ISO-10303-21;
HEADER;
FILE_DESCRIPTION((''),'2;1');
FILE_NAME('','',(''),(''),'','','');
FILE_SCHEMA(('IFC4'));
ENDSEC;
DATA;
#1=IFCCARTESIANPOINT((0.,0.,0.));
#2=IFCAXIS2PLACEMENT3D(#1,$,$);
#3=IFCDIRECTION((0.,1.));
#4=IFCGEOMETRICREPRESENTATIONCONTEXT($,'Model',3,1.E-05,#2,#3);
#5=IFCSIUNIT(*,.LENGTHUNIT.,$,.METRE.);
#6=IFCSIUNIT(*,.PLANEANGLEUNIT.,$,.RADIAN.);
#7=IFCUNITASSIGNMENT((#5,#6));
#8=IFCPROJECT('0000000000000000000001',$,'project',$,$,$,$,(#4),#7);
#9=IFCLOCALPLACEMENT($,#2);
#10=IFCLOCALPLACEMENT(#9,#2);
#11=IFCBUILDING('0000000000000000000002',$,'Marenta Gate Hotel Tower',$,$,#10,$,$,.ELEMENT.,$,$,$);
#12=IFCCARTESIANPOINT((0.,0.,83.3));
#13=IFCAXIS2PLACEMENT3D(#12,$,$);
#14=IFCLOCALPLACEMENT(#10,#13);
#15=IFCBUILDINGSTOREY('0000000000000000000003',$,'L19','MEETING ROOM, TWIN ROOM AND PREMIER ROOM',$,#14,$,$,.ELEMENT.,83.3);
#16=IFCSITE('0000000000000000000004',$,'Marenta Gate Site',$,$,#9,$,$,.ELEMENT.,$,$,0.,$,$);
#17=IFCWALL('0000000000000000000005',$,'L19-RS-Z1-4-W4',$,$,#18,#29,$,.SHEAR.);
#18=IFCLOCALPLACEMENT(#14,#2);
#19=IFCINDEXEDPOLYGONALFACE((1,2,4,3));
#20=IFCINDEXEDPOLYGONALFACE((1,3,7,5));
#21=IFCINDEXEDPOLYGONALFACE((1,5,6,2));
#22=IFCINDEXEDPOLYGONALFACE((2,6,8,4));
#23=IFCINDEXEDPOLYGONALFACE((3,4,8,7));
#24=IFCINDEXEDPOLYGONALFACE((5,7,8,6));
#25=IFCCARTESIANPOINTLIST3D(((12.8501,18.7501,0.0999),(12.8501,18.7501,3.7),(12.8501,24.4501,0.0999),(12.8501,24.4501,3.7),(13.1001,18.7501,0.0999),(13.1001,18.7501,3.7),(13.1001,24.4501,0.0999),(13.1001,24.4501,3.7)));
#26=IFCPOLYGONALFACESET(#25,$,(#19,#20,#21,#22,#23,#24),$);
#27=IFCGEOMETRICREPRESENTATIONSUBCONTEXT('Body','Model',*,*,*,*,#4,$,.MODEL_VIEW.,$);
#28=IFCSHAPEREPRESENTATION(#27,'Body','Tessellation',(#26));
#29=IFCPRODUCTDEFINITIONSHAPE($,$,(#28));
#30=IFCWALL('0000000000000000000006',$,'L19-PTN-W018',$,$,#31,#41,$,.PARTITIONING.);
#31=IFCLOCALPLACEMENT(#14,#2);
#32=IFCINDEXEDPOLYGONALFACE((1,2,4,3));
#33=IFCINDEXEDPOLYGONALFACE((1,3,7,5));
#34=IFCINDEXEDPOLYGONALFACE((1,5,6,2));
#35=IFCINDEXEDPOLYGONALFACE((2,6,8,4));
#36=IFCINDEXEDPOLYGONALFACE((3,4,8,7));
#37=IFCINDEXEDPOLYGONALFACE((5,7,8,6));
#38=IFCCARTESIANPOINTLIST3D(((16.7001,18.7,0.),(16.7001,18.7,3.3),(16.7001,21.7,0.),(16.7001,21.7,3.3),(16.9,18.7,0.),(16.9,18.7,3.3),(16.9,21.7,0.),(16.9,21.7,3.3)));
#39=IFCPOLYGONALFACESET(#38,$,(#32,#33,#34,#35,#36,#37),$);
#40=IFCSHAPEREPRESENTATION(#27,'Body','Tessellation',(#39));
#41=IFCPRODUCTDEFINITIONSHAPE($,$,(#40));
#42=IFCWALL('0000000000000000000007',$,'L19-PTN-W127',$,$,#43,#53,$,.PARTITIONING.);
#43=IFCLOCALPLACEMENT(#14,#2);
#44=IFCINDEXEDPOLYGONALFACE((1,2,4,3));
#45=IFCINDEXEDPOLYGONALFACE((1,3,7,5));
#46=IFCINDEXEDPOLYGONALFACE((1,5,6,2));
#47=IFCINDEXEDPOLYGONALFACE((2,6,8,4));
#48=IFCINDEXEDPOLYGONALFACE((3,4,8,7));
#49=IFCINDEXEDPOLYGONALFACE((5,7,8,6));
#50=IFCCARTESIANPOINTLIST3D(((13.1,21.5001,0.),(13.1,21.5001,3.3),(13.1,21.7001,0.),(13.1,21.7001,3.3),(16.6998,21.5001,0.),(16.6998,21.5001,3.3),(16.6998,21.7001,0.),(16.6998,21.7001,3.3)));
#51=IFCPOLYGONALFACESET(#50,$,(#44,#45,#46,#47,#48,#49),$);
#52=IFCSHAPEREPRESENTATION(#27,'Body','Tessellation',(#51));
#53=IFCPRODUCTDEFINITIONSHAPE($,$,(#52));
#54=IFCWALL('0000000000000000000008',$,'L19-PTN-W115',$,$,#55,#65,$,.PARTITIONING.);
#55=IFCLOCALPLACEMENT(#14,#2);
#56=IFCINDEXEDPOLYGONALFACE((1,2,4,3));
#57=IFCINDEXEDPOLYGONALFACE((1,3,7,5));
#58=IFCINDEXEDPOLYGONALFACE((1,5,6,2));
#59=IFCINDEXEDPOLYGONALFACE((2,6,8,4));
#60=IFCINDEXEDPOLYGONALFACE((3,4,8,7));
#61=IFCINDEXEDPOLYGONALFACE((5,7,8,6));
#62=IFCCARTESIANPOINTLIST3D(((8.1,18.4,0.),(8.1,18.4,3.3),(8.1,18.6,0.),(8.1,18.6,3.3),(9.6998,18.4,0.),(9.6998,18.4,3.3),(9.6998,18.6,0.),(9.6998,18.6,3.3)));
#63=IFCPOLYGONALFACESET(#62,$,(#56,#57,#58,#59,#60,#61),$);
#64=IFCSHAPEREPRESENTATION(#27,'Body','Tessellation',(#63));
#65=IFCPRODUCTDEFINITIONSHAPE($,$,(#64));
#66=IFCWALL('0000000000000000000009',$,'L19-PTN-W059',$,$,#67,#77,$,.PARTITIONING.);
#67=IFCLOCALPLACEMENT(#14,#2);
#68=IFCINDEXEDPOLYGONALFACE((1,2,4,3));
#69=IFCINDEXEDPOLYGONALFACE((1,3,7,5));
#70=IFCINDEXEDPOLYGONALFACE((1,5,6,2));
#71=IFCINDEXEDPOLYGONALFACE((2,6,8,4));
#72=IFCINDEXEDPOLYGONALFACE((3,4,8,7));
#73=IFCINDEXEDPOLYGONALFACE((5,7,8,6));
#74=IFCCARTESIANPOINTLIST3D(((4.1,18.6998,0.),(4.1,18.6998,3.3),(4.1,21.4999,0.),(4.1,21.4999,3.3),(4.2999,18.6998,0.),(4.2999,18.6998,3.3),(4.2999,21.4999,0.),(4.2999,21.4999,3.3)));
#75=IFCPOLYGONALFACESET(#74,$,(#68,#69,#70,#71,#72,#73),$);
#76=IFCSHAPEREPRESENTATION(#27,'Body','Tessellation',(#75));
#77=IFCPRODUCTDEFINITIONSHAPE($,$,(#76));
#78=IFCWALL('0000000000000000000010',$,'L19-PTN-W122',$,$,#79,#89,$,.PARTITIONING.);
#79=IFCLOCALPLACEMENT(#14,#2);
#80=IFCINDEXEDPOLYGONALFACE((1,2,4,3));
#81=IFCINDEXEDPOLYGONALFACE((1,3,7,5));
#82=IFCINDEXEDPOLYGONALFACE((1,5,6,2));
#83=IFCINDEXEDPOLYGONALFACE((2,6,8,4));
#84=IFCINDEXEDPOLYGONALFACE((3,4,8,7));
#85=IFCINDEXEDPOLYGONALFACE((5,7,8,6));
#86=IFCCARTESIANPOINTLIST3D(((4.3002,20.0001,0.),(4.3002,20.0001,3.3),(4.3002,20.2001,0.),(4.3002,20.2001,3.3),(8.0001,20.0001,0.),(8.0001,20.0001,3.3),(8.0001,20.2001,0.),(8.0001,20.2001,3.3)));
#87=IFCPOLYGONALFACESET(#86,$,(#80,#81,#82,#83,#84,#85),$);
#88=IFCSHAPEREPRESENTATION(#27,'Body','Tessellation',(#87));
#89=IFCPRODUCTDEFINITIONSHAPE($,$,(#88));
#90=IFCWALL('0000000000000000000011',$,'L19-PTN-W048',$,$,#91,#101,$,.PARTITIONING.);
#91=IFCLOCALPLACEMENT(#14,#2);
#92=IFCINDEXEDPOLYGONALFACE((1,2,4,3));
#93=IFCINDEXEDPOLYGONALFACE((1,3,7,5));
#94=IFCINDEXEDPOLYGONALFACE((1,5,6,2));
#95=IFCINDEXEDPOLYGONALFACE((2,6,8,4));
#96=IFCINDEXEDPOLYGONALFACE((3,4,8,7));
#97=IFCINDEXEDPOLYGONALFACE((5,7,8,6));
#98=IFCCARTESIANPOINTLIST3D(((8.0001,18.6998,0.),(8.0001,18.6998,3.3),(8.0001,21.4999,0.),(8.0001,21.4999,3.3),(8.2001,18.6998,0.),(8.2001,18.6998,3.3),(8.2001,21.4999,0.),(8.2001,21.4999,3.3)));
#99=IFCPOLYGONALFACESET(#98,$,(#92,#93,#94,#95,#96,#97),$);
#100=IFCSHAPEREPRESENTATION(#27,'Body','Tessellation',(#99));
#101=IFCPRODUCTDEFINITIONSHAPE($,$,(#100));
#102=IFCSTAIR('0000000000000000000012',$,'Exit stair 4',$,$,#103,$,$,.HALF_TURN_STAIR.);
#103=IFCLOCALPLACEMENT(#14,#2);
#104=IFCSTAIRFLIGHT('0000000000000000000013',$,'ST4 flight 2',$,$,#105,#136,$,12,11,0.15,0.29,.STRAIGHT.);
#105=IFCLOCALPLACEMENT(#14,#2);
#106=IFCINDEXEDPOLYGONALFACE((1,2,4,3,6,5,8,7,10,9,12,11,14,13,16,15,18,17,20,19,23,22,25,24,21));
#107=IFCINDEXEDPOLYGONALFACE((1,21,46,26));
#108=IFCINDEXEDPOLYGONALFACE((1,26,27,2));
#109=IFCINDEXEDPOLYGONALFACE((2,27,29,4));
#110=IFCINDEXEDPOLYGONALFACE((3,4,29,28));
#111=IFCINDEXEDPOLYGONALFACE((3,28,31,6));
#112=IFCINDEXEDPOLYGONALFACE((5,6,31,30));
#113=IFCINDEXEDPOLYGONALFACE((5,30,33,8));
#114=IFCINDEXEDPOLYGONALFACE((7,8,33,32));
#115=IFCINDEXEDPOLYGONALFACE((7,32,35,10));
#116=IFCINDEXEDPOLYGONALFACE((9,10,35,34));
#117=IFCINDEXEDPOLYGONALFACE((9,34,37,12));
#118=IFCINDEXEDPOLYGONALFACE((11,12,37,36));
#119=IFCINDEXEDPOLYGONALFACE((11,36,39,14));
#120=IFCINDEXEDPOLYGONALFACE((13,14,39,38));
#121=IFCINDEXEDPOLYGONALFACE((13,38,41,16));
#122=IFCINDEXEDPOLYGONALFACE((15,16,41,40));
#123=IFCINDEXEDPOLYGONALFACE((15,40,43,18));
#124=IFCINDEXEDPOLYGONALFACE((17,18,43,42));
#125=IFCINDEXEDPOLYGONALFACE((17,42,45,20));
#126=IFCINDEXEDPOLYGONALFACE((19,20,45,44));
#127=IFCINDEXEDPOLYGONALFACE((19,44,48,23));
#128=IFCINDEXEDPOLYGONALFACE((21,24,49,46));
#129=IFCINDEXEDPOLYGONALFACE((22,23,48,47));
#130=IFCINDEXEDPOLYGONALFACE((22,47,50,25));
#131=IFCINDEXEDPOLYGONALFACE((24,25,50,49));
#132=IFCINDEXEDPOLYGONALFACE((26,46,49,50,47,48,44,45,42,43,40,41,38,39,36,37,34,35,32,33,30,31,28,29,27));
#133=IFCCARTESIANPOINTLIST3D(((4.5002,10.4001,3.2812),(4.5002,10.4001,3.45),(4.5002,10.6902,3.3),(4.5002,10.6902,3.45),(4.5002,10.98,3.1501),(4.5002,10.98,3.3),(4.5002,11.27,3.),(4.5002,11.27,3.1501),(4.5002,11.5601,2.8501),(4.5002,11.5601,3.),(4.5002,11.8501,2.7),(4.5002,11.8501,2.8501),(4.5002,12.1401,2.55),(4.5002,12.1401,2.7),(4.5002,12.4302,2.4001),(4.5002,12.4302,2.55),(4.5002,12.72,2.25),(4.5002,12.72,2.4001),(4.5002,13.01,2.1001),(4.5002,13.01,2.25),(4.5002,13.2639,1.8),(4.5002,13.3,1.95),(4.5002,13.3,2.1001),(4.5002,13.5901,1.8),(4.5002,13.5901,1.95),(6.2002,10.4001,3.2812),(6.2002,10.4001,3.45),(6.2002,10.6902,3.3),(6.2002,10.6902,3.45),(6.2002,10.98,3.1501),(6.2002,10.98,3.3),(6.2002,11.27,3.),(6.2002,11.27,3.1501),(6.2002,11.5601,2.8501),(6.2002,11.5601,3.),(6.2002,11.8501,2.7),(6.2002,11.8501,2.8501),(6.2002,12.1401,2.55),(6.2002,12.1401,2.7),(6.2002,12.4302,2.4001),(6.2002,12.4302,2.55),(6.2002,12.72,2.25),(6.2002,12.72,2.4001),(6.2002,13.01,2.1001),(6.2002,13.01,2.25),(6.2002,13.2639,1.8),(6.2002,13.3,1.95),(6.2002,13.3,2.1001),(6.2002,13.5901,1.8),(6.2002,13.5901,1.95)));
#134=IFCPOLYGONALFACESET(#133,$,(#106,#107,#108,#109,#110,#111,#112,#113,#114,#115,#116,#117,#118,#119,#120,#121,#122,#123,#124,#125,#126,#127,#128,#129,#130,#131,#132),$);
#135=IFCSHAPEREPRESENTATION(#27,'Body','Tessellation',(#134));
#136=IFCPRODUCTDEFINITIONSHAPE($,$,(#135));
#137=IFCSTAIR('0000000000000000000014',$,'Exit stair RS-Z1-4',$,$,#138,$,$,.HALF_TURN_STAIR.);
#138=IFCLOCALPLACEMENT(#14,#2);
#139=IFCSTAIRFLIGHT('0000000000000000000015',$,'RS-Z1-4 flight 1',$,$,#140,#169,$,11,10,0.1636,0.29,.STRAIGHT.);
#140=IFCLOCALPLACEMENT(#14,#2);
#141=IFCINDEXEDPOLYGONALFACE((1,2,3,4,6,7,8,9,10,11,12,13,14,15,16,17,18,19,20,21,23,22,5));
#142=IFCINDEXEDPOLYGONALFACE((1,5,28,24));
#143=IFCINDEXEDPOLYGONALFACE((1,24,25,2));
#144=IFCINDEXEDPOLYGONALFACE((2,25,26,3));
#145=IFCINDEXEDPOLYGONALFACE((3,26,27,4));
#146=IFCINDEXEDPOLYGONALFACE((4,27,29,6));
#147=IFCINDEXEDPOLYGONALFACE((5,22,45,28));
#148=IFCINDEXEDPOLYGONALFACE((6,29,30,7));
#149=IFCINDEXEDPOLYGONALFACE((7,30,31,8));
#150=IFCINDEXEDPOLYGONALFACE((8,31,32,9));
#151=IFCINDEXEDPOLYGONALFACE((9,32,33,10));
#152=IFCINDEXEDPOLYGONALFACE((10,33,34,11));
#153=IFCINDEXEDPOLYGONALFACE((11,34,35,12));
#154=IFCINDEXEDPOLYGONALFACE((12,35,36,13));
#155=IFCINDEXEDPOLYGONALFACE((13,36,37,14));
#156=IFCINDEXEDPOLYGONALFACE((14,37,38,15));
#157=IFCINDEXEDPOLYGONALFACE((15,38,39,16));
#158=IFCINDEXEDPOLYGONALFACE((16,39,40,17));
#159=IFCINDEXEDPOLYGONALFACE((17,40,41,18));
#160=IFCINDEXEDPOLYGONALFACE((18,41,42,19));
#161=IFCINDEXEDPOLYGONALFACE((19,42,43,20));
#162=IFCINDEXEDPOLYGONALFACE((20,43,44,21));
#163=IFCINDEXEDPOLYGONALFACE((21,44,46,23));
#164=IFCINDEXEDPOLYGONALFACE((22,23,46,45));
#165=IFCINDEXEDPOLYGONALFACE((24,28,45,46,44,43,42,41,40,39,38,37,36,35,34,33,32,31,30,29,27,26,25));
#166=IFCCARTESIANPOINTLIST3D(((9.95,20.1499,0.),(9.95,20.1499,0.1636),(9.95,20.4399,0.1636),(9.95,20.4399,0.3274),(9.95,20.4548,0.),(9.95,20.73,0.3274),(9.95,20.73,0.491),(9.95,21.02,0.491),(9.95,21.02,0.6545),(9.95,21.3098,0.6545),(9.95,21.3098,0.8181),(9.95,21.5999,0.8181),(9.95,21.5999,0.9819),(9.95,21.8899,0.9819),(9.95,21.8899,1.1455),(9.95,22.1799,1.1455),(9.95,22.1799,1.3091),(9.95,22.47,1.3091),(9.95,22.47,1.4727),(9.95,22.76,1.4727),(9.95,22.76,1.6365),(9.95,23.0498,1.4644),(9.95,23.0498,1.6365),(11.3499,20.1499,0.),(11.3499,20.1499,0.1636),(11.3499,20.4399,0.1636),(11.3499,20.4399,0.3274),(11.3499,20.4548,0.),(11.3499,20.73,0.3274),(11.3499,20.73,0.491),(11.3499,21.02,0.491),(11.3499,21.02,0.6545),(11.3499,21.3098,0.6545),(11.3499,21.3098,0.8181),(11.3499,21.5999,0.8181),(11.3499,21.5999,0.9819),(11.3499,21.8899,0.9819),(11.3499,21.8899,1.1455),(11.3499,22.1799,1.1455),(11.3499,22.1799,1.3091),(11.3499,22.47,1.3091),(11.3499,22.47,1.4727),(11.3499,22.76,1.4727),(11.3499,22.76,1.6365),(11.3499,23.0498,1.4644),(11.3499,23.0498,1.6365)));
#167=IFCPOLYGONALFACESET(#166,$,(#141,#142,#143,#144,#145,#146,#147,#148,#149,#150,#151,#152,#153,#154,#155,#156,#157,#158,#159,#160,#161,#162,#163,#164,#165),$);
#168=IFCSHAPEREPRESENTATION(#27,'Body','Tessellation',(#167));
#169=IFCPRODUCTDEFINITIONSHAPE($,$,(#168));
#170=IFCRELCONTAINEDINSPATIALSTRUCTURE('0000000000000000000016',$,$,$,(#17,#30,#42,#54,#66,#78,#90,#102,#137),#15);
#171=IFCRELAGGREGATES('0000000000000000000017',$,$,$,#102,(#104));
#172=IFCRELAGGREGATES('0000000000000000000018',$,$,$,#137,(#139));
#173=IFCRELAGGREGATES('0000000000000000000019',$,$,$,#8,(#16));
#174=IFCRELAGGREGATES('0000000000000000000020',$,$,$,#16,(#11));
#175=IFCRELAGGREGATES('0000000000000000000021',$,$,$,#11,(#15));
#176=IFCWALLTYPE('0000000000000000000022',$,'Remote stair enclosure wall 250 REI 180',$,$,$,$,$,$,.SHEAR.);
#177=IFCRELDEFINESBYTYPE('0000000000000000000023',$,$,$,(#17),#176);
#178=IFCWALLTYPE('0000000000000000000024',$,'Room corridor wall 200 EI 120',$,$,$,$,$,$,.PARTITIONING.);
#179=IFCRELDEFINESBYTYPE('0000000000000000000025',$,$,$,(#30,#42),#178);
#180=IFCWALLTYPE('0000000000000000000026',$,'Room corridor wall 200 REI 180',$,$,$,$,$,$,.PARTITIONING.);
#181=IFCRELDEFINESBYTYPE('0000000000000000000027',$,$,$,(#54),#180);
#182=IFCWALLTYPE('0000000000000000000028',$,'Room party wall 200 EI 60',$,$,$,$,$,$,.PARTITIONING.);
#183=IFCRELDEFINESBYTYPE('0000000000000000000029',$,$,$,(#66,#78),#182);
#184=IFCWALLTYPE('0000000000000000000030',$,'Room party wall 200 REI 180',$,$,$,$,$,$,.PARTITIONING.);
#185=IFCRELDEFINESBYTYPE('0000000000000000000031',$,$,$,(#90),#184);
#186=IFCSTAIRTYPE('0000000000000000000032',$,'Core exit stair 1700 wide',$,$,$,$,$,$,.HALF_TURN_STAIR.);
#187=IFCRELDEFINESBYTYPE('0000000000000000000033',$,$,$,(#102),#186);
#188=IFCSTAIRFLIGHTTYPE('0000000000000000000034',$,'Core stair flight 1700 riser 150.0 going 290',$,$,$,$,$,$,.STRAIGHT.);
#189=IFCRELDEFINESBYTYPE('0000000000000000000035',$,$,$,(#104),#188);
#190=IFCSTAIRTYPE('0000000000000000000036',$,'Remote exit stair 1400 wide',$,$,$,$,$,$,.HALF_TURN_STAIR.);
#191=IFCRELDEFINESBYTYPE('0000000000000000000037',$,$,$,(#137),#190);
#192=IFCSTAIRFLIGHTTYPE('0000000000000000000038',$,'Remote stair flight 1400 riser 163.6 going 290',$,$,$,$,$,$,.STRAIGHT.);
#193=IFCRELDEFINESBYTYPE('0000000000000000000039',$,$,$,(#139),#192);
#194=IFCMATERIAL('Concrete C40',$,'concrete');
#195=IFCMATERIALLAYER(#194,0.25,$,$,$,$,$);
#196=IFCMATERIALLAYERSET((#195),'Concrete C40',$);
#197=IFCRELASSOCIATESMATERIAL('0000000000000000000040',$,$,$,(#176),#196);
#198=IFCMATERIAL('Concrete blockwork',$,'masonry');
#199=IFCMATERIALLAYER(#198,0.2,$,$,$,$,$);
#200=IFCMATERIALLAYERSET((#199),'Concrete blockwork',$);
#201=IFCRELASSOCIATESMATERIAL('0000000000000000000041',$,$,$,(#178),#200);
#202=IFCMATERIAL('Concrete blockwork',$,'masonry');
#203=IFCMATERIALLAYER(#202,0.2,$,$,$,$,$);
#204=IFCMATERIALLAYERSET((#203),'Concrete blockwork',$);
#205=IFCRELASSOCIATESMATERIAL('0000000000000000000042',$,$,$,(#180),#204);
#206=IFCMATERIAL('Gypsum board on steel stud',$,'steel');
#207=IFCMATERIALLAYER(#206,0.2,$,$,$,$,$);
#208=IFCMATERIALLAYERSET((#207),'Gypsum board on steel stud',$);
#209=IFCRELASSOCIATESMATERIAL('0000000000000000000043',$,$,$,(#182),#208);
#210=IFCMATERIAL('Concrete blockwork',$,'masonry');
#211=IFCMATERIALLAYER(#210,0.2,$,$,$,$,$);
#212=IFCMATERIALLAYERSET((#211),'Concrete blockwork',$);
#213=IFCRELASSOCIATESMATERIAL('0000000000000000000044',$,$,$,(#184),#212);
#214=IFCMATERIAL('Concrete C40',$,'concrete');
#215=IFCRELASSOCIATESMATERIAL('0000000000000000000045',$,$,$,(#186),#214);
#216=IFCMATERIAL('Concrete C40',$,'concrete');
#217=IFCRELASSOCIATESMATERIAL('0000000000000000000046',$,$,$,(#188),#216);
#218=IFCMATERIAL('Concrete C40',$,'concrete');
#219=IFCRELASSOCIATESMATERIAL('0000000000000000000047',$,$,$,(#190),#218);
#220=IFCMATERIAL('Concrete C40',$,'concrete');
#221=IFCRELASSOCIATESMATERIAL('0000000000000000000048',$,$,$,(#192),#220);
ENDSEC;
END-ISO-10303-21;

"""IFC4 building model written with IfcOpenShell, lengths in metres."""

from ifc_helpers import new_model, si_unit, direction, frame, frame_2d, origin, place, context, subcontext, project, spatial, polyline, rectangle, outline, extrude, material, layer, layer_set, type_object, element, aggregate, save


model = new_model("IFC4")

# Units and contexts
model_context = context("Model", 3, precision=1e-05, world=origin(), true_north=direction((0.0, 1.0)))
body_context = subcontext(model_context, "Body", "Model", "MODEL_VIEW")
ifc_project = project(units=[si_unit("LENGTHUNIT", "METRE"), si_unit("PLANEANGLEUNIT", "RADIAN")], contexts=[model_context])

# Site, building, storey
site_placement = place(None, origin())
site = spatial("IfcSite", under=ifc_project, at=site_placement, Name="Marenta Gate Site", CompositionType="ELEMENT", RefElevation=0.0)
building_placement = place(site_placement, origin())
building = spatial("IfcBuilding", under=site, at=building_placement, Name="Marenta Gate Hotel Tower", CompositionType="ELEMENT")
storey_placement = place(building_placement, frame((0.0, 0.0, 83.3)))
storey = spatial("IfcBuildingStorey", under=building, at=storey_placement, Name="L19", Description="MEETING ROOM, TWIN ROOM AND PREMIER ROOM", CompositionType="ELEMENT", Elevation=83.3)

# Shared definitions
ifc_material_1 = material(Name="Concrete C40", Category="concrete")
ifc_layer_1 = layer(ifc_material_1, 0.25)
ifc_layer_set_1 = layer_set([ifc_layer_1], Name="Concrete C40")
wall_type_1 = type_object("IfcWallType", Name="Remote stair enclosure wall 250 REI 180", PredefinedType="SHEAR", material=ifc_layer_set_1)

# Walls
wall_1_placement = place(storey_placement, frame((12.9751, 18.75, 0.0999), z_axis=(0.0, 0.0, 1.0), x_axis=(0.0, 1.0, 0.0)))
element("IfcWall", 1, at=wall_1_placement, inside=storey, type_object=wall_type_1, Name="L19-RS-Z1-4-W4", PredefinedType="SHEAR", context=body_context, shape_type="SweptSolid", body=[
    extrude(rectangle(XDim=5.7, YDim=0.25, at=frame_2d((2.8501, 0.0))), origin(), (0.0, 0.0, 1.0), 3.6001),
])
ifc_material_2 = material(Name="Concrete blockwork", Category="masonry")
ifc_layer_2 = layer(ifc_material_2, 0.2)
ifc_layer_set_2 = layer_set([ifc_layer_2], Name="Concrete blockwork")
wall_type_2 = type_object("IfcWallType", Name="Room corridor wall 200 EI 120", PredefinedType="PARTITIONING", material=ifc_layer_set_2)
wall_2_placement = place(storey_placement, frame((16.8, 18.7, 0.0), z_axis=(0.0, 0.0, 1.0), x_axis=(0.0, 1.0, 0.0)))
element("IfcWall", 2, at=wall_2_placement, inside=storey, type_object=wall_type_2, Name="L19-PTN-W018", PredefinedType="PARTITIONING", context=body_context, shape_type="SweptSolid", body=[
    extrude(rectangle(XDim=3.0, YDim=0.2, at=frame_2d((1.5, 0.0))), origin(), (0.0, 0.0, 1.0), 3.3),
])

# Wall
wall_3_placement = place(storey_placement, frame((13.1001, 21.6001, 0.0), z_axis=(0.0, 0.0, 1.0), x_axis=(1.0, 0.0, 0.0)))
element("IfcWall", 3, at=wall_3_placement, inside=storey, type_object=wall_type_2, Name="L19-PTN-W127", PredefinedType="PARTITIONING", context=body_context, shape_type="SweptSolid", body=[
    extrude(rectangle(XDim=3.5999, YDim=0.2, at=frame_2d((1.7998, 0.0))), origin(), (0.0, 0.0, 1.0), 3.3),
])

# Shared definitions
ifc_material_3 = material(Name="Concrete blockwork", Category="masonry")
ifc_layer_3 = layer(ifc_material_3, 0.2)
ifc_layer_set_3 = layer_set([ifc_layer_3], Name="Concrete blockwork")
wall_type_3 = type_object("IfcWallType", Name="Room corridor wall 200 REI 180", PredefinedType="PARTITIONING", material=ifc_layer_set_3)

# Walls
wall_4_placement = place(storey_placement, frame((8.1001, 18.5, 0.0), z_axis=(0.0, 0.0, 1.0), x_axis=(1.0, 0.0, 0.0)))
element("IfcWall", 4, at=wall_4_placement, inside=storey, type_object=wall_type_3, Name="L19-PTN-W115", PredefinedType="PARTITIONING", context=body_context, shape_type="SweptSolid", body=[
    extrude(rectangle(XDim=1.5999, YDim=0.2, at=frame_2d((0.7998, 0.0))), origin(), (0.0, 0.0, 1.0), 3.3),
])
ifc_material_4 = material(Name="Gypsum board on steel stud", Category="steel")
ifc_layer_4 = layer(ifc_material_4, 0.2)
ifc_layer_set_4 = layer_set([ifc_layer_4], Name="Gypsum board on steel stud")
wall_type_4 = type_object("IfcWallType", Name="Room party wall 200 EI 60", PredefinedType="PARTITIONING", material=ifc_layer_set_4)
wall_5_placement = place(storey_placement, frame((4.2, 18.7, 0.0), z_axis=(0.0, 0.0, 1.0), x_axis=(0.0, 1.0, 0.0)))
element("IfcWall", 5, at=wall_5_placement, inside=storey, type_object=wall_type_4, Name="L19-PTN-W059", PredefinedType="PARTITIONING", context=body_context, shape_type="SweptSolid", body=[
    extrude(rectangle(XDim=2.8, YDim=0.2, at=frame_2d((1.3999, 0.0))), origin(), (0.0, 0.0, 1.0), 3.3),
])
wall_6_placement = place(storey_placement, frame((4.3, 20.1001, 0.0), z_axis=(0.0, 0.0, 1.0), x_axis=(1.0, 0.0, 0.0)))
element("IfcWall", 6, at=wall_6_placement, inside=storey, type_object=wall_type_4, Name="L19-PTN-W122", PredefinedType="PARTITIONING", context=body_context, shape_type="SweptSolid", body=[
    extrude(rectangle(XDim=3.7, YDim=0.2, at=frame_2d((1.8501, 0.0))), origin(), (0.0, 0.0, 1.0), 3.3),
])
ifc_material_5 = material(Name="Concrete blockwork", Category="masonry")
ifc_layer_5 = layer(ifc_material_5, 0.2)
ifc_layer_set_5 = layer_set([ifc_layer_5], Name="Concrete blockwork")
wall_type_5 = type_object("IfcWallType", Name="Room party wall 200 REI 180", PredefinedType="PARTITIONING", material=ifc_layer_set_5)
wall_7_placement = place(storey_placement, frame((8.1001, 18.7, 0.0), z_axis=(0.0, 0.0, 1.0), x_axis=(0.0, 1.0, 0.0)))
element("IfcWall", 7, at=wall_7_placement, inside=storey, type_object=wall_type_5, Name="L19-PTN-W048", PredefinedType="PARTITIONING", context=body_context, shape_type="SweptSolid", body=[
    extrude(rectangle(XDim=2.8, YDim=0.2, at=frame_2d((1.3999, 0.0))), origin(), (0.0, 0.0, 1.0), 3.3),
])

# Stairs, stair flights
ifc_material_6 = material(Name="Concrete C40", Category="concrete")
stair_type_1 = type_object("IfcStairType", Name="Core exit stair 1700 wide", PredefinedType="HALF_TURN_STAIR", material=ifc_material_6)
stair_1_placement = place(storey_placement, origin())
stair_1 = element("IfcStair", 8, at=stair_1_placement, inside=storey, type_object=stair_type_1, Name="Exit stair 4", PredefinedType="HALF_TURN_STAIR")
ifc_material_7 = material(Name="Concrete C40", Category="concrete")
stair_flight_type_1 = type_object("IfcStairFlightType", Name="Core stair flight 1700 riser 150.0 going 290", PredefinedType="STRAIGHT", material=ifc_material_7)
stair_flight_1_placement = place(storey_placement, frame((5.3501, 13.5901, 1.8), z_axis=(0.0, 0.0, 1.0), x_axis=(0.0, -1.0, 0.0)))
stair_flight_1 = element("IfcStairFlight", 9, at=stair_flight_1_placement, type_object=stair_flight_type_1, Name="ST4 flight 2", NumberOfRisers=12, NumberOfTreads=11, PredefinedType="STRAIGHT", RiserHeight=0.15, TreadLength=0.29, context=body_context, shape_type="SweptSolid", body=[
    extrude(outline(polyline([(0.0, 0.0), (0.0, 0.1499), (0.29, 0.1499), (0.29, 0.3), (0.5801, 0.3), (0.5801, 0.45), (0.8701, 0.45), (0.8701, 0.6001), (1.1599, 0.6001), (1.1599, 0.75), (1.45, 0.75), (1.45, 0.8999), (1.74, 0.8999), (1.74, 1.05), (2.03, 1.05), (2.03, 1.2), (2.3201, 1.2), (2.3201, 1.3501), (2.6101, 1.3501), (2.6101, 1.5), (2.8999, 1.5), (2.8999, 1.6499), (3.1899, 1.6499), (3.1899, 1.8), (3.1899, 1.4812), (0.3262, 0.0), (0.0, 0.0)])), frame((0.0, 0.8501, 0.0), z_axis=(0.0, -1.0, 0.0), x_axis=(1.0, 0.0, 0.0)), (0.0, 0.0, 1.0), 1.7),
])
aggregate(stair_1, [stair_flight_1])
ifc_material_8 = material(Name="Concrete C40", Category="concrete")
stair_type_2 = type_object("IfcStairType", Name="Remote exit stair 1400 wide", PredefinedType="HALF_TURN_STAIR", material=ifc_material_8)
stair_2_placement = place(storey_placement, origin())
stair_2 = element("IfcStair", 10, at=stair_2_placement, inside=storey, type_object=stair_type_2, Name="Exit stair RS-Z1-4", PredefinedType="HALF_TURN_STAIR")
ifc_material_9 = material(Name="Concrete C40", Category="concrete")
stair_flight_type_2 = type_object("IfcStairFlightType", Name="Remote stair flight 1400 riser 163.6 going 290", PredefinedType="STRAIGHT", material=ifc_material_9)
stair_flight_2_placement = place(storey_placement, frame((10.6499, 20.1499, 0.0), z_axis=(0.0, 0.0, 1.0), x_axis=(0.0, 1.0, 0.0)))
stair_flight_2 = element("IfcStairFlight", 11, at=stair_flight_2_placement, type_object=stair_flight_type_2, Name="RS-Z1-4 flight 1", NumberOfRisers=11, NumberOfTreads=10, PredefinedType="STRAIGHT", RiserHeight=0.1636, TreadLength=0.29, context=body_context, shape_type="SweptSolid", body=[
    extrude(outline(polyline([(0.0, 0.0), (0.0, 0.1636), (0.29, 0.1636), (0.29, 0.3274), (0.5801, 0.3274), (0.5801, 0.491), (0.8701, 0.491), (0.8701, 0.6545), (1.1599, 0.6545), (1.1599, 0.8181), (1.45, 0.8181), (1.45, 0.9819), (1.74, 0.9819), (1.74, 1.1455), (2.03, 1.1455), (2.03, 1.3091), (2.3201, 1.3091), (2.3201, 1.4727), (2.6101, 1.4727), (2.6101, 1.6365), (2.8999, 1.6365), (2.8999, 1.8), (2.8999, 1.4644), (0.3049, 0.0), (0.0, 0.0)])), frame((0.0, 0.7, 0.0), z_axis=(0.0, -1.0, 0.0), x_axis=(1.0, 0.0, 0.0)), (0.0, 0.0, 1.0), 1.3999),
])
aggregate(stair_2, [stair_flight_2])

save(model, "model.ifc")
